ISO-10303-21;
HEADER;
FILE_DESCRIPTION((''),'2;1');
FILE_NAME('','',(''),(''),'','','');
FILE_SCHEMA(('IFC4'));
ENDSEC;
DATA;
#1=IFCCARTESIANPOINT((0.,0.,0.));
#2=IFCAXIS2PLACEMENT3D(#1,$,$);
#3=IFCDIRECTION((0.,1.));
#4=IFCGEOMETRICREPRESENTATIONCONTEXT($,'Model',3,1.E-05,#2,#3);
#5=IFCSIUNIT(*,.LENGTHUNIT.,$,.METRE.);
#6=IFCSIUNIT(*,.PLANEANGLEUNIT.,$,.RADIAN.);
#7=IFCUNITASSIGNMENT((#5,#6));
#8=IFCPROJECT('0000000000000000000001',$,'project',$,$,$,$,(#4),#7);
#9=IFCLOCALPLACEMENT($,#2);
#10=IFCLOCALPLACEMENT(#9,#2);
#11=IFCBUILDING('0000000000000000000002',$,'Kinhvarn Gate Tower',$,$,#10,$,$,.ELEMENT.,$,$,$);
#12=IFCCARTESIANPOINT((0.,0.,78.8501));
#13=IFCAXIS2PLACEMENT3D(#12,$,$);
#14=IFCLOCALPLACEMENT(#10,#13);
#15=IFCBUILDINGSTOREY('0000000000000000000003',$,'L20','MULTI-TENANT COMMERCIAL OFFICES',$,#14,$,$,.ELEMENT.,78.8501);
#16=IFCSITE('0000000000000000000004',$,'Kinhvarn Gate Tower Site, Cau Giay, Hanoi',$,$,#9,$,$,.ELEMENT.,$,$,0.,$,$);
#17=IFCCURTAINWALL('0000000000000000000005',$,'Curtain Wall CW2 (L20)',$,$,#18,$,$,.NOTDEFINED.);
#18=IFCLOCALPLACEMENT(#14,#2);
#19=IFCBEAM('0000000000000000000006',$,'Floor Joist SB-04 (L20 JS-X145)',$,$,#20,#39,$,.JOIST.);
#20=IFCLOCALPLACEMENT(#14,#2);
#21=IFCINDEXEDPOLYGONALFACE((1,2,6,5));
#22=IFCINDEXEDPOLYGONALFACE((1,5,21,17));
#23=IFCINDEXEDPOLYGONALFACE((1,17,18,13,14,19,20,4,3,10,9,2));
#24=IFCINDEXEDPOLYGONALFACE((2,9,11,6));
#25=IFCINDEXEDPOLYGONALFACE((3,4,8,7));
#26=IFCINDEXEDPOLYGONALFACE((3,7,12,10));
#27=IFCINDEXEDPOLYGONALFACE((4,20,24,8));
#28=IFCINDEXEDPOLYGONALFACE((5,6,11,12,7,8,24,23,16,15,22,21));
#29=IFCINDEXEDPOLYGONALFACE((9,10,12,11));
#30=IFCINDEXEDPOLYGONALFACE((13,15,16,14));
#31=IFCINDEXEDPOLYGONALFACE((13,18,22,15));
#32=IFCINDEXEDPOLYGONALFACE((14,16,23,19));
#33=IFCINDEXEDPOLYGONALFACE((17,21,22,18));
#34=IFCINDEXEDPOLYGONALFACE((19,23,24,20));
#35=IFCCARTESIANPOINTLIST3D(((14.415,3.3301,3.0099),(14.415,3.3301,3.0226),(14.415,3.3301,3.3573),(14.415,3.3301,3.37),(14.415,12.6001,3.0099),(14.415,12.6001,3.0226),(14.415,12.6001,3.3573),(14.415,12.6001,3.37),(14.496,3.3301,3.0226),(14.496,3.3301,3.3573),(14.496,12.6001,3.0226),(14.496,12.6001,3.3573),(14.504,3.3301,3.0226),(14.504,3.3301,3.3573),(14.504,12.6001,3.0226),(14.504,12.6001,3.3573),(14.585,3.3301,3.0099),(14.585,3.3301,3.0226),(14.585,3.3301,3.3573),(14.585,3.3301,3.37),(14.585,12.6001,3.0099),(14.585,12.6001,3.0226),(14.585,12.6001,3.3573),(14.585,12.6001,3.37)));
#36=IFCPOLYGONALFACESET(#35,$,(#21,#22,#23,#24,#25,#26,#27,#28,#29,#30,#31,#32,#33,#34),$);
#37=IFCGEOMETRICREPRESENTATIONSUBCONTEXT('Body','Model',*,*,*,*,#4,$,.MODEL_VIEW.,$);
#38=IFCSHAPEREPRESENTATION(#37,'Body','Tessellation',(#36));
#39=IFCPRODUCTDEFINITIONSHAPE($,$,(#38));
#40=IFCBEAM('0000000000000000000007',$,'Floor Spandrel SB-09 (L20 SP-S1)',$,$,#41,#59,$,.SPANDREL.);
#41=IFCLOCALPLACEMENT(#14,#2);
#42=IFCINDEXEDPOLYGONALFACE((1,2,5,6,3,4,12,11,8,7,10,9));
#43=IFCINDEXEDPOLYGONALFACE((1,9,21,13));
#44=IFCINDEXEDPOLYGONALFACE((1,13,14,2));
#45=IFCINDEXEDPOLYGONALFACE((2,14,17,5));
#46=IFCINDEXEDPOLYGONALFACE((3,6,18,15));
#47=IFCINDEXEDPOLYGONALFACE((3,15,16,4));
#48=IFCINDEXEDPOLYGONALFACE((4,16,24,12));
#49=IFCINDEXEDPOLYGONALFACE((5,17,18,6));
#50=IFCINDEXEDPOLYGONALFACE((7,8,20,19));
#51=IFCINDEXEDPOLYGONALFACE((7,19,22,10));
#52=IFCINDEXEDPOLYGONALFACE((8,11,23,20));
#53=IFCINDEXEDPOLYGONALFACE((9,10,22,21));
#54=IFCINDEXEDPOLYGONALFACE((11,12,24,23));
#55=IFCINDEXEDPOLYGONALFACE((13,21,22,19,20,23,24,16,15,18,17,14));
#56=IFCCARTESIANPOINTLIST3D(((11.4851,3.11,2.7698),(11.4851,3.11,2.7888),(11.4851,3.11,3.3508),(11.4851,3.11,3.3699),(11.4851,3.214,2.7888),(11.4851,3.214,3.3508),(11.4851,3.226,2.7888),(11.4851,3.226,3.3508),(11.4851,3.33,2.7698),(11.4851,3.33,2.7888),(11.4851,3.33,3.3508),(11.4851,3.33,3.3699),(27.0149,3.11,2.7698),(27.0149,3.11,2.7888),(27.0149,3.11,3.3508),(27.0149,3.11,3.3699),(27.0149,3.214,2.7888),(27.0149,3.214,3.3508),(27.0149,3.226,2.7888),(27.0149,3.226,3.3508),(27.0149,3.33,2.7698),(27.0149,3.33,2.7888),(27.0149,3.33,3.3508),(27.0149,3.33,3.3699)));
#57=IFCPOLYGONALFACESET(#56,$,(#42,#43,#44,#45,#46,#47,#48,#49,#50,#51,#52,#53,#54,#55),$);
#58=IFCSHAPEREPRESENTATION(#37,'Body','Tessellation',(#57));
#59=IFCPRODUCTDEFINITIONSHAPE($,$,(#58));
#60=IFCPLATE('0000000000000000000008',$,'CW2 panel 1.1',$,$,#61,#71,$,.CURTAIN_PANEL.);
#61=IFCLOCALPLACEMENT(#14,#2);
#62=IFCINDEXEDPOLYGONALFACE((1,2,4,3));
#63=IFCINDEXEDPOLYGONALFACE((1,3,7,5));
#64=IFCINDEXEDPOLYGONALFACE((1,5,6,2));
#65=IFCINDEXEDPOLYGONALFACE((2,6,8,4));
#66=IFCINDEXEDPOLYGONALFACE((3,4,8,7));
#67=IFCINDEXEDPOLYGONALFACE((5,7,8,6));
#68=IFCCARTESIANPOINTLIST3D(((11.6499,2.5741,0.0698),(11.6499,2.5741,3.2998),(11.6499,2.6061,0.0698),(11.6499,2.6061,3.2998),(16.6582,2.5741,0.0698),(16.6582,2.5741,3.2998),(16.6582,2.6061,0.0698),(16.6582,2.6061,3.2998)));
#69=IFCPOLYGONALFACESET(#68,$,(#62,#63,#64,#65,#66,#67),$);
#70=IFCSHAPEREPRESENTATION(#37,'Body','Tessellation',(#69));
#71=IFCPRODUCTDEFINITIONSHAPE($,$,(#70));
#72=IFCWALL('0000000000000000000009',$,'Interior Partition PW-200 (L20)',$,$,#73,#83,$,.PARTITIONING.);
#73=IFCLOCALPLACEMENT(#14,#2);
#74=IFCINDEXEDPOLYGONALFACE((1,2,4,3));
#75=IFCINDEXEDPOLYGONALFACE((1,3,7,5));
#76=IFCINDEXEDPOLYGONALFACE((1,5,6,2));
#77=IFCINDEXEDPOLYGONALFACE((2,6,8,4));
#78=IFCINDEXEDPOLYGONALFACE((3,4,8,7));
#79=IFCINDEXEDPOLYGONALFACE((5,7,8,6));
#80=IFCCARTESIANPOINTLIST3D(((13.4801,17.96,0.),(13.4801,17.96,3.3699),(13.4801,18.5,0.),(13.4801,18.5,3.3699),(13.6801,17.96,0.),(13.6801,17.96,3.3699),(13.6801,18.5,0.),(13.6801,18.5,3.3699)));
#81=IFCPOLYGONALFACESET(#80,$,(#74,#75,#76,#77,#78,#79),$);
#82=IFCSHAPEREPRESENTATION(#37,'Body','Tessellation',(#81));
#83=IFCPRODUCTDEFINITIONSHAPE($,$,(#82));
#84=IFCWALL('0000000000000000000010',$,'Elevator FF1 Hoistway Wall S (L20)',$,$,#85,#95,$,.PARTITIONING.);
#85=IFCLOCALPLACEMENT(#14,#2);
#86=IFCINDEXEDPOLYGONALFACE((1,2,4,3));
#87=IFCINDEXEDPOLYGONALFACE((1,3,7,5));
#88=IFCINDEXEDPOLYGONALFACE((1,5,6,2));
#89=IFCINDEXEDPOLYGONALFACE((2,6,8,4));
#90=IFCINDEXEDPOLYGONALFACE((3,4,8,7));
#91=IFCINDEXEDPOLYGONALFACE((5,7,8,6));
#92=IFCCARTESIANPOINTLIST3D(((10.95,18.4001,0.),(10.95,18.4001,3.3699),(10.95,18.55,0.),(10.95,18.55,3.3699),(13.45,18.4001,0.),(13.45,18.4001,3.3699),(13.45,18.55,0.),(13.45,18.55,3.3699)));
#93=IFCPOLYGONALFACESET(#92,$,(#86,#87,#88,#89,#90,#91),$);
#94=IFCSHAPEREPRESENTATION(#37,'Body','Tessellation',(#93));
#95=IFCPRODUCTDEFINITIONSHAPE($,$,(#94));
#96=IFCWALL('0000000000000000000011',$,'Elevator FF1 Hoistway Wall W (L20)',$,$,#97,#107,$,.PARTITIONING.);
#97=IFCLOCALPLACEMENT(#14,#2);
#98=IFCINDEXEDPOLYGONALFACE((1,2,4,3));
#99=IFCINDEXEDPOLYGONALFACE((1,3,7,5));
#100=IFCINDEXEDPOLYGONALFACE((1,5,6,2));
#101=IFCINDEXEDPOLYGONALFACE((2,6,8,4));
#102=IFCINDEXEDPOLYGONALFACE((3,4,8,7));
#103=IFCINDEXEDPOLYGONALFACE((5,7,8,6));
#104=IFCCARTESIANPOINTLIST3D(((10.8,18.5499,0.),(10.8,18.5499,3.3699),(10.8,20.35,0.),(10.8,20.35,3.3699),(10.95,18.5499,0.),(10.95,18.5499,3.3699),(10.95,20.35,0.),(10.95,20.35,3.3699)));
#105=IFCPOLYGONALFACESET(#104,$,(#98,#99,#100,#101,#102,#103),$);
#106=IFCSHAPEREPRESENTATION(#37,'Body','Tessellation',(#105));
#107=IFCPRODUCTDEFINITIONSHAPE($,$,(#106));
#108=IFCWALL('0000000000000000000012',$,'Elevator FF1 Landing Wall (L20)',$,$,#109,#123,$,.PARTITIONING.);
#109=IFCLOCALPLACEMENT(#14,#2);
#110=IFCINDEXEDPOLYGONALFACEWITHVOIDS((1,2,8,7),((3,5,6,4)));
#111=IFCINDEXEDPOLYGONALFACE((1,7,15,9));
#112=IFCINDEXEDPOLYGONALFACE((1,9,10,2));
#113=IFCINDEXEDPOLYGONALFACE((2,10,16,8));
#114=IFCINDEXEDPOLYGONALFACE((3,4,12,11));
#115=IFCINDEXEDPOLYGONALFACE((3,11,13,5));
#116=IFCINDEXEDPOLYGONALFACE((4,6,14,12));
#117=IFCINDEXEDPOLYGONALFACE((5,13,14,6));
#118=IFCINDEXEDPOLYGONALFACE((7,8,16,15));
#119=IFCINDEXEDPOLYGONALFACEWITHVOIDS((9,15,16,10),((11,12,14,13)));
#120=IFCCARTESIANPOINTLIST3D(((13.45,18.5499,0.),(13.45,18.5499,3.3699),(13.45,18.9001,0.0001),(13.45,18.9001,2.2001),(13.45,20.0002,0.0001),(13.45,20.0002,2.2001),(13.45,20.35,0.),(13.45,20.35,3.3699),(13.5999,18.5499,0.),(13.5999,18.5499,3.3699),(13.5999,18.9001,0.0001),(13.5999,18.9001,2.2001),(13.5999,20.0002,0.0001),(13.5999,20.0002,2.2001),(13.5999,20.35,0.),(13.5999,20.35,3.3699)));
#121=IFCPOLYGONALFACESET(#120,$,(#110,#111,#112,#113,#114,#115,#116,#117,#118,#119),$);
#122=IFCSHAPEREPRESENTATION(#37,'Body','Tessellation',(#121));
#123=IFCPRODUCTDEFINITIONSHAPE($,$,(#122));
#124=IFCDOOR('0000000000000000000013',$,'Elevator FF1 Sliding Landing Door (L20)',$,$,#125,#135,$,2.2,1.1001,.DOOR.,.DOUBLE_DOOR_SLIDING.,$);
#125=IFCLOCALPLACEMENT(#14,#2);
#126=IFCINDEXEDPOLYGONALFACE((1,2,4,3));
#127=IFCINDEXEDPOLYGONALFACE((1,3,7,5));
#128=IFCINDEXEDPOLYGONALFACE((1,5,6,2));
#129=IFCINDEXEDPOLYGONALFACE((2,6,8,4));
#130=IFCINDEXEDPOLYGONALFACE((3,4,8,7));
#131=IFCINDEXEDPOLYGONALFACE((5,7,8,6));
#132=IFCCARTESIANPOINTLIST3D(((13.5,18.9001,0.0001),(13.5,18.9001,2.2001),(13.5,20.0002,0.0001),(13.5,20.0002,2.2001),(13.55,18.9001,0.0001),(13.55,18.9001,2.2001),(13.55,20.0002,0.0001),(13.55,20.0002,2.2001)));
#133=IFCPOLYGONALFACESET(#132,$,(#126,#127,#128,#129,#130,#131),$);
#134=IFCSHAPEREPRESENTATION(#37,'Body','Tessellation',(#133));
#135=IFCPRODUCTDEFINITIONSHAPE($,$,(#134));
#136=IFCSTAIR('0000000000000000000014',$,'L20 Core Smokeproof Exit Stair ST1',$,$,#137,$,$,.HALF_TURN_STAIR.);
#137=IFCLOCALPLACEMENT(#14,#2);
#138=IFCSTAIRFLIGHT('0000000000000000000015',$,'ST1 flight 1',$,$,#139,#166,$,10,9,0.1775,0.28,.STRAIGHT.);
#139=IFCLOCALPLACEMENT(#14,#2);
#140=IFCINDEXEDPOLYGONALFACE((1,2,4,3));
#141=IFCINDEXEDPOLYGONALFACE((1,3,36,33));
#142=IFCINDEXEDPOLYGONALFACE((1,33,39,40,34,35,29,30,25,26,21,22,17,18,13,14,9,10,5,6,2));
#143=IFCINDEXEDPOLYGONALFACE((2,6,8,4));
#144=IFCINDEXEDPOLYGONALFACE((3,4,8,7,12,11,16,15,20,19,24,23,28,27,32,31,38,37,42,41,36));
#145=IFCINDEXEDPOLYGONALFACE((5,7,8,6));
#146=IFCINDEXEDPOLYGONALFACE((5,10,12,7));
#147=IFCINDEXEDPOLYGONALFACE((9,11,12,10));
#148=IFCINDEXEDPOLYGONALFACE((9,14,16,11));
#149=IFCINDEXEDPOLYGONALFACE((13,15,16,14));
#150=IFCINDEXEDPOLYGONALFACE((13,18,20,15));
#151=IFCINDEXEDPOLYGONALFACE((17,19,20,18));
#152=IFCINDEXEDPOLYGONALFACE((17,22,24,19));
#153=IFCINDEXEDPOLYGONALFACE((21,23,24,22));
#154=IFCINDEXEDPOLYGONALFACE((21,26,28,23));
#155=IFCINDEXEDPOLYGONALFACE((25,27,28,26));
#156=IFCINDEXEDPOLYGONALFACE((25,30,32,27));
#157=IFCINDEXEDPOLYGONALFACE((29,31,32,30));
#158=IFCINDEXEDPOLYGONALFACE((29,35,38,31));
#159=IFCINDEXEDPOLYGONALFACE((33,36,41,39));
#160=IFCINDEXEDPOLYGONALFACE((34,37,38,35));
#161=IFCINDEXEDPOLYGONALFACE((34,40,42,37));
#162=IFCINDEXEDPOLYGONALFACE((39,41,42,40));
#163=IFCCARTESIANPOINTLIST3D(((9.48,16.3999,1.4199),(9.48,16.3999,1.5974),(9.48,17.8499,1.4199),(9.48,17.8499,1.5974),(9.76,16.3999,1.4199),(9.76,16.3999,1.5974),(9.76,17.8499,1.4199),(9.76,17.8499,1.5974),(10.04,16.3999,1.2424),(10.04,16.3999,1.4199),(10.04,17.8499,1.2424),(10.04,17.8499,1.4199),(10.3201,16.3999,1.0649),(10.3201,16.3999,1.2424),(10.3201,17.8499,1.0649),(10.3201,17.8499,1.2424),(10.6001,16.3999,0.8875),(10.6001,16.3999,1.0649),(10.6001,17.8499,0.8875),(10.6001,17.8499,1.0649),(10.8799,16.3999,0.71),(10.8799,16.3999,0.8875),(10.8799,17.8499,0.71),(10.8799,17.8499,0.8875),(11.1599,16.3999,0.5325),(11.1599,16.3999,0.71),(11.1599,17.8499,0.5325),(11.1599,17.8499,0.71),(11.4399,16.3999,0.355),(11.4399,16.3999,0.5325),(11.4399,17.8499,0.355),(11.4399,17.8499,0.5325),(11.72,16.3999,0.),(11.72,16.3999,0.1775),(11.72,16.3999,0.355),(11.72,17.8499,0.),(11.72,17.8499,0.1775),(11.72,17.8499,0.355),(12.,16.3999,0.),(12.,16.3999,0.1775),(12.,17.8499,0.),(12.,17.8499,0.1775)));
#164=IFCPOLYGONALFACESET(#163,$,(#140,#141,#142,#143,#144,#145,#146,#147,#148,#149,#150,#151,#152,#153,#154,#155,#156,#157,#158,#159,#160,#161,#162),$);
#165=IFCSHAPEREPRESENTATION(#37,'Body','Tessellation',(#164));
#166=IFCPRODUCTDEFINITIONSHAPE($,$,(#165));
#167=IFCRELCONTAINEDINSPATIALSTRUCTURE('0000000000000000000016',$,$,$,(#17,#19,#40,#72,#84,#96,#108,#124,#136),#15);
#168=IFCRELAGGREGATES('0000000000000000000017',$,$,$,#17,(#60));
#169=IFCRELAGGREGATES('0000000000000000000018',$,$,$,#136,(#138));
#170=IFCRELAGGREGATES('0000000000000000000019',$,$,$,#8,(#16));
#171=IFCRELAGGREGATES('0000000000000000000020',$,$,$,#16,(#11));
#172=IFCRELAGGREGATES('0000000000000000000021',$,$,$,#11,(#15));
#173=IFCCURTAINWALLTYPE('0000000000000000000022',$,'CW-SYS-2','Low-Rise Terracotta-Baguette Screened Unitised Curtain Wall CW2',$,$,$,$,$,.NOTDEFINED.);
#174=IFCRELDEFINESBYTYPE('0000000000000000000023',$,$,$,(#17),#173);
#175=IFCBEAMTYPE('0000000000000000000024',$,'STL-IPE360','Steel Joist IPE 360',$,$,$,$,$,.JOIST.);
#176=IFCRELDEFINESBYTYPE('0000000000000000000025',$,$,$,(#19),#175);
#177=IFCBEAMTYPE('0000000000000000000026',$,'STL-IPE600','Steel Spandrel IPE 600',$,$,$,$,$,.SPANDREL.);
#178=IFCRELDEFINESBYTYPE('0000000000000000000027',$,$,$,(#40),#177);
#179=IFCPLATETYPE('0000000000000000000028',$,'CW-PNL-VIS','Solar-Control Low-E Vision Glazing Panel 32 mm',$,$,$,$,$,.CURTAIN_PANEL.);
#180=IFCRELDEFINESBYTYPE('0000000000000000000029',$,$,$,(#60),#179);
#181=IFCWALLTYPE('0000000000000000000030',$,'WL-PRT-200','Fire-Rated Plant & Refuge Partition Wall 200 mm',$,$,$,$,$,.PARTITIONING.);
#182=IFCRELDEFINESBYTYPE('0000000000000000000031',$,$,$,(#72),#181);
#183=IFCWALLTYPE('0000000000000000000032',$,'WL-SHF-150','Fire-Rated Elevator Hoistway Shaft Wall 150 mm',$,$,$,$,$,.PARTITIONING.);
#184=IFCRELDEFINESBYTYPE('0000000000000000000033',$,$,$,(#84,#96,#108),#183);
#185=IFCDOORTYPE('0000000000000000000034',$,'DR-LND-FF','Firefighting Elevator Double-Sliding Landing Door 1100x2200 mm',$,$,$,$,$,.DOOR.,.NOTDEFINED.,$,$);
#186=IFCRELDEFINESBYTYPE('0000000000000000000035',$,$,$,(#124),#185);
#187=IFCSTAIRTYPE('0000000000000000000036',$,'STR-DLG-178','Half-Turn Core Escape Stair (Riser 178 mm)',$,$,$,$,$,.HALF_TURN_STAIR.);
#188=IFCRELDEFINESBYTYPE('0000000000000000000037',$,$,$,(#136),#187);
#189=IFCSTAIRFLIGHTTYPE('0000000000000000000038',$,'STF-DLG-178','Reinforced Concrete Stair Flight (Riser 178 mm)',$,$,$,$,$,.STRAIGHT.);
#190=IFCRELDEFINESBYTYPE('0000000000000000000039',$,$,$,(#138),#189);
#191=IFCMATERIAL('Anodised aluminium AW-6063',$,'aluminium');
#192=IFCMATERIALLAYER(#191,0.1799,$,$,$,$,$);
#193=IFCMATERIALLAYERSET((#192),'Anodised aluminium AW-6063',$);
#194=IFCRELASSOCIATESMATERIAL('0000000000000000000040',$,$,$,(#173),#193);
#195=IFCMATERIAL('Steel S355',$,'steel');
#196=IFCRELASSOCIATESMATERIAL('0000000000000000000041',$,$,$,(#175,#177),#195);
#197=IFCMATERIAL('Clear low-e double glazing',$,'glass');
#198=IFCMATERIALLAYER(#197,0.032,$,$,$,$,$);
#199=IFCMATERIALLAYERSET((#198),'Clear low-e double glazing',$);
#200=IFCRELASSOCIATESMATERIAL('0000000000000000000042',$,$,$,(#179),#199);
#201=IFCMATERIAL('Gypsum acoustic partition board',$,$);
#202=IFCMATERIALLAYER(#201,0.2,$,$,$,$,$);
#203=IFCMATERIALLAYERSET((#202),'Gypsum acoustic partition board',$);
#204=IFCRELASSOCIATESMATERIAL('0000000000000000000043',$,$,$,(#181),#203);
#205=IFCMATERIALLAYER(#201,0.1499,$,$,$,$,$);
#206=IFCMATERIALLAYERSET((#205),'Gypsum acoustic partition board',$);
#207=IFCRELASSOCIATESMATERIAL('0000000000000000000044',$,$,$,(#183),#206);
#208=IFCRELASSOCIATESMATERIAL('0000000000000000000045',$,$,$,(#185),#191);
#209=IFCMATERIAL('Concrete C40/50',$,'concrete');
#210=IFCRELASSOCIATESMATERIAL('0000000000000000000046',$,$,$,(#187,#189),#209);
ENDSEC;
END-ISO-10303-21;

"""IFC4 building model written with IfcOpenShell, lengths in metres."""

from ifc_helpers import new_model, si_unit, direction, frame, frame_2d, origin, origin_2d, place, context, subcontext, project, spatial, polyline, rectangle, i_section, outline, extrude, material, layer, layer_set, material_profile, profile_set, type_object, element, fill, aggregate, save


model = new_model("IFC4")

# Units and contexts
model_context = context("Model", 3, precision=1e-05, world=origin(), true_north=direction((0.0, 1.0)))
body_context = subcontext(model_context, "Body", "Model", "MODEL_VIEW")
ifc_project = project(units=[si_unit("LENGTHUNIT", "METRE"), si_unit("PLANEANGLEUNIT", "RADIAN")], contexts=[model_context])

# Site, building, storey
site_placement = place(None, origin())
site = spatial("IfcSite", under=ifc_project, at=site_placement, Name="Kinhvarn Gate Tower Site, Cau Giay, Hanoi", CompositionType="ELEMENT", RefElevation=0.0)
building_placement = place(site_placement, origin())
building = spatial("IfcBuilding", under=site, at=building_placement, Name="Kinhvarn Gate Tower", CompositionType="ELEMENT")
storey_placement = place(building_placement, frame((0.0, 0.0, 78.8501)))
storey = spatial("IfcBuildingStorey", under=building, at=storey_placement, Name="L20", Description="MULTI-TENANT COMMERCIAL OFFICES", CompositionType="ELEMENT", Elevation=78.8501)

# Shared definitions
ifc_material_1 = material(Name="Anodised aluminium AW-6063", Category="aluminium")
ifc_layer_1 = layer(ifc_material_1, 0.1799)
ifc_layer_set_1 = layer_set([ifc_layer_1], Name="Anodised aluminium AW-6063")
curtain_wall_type = type_object("IfcCurtainWallType", Name="CW-SYS-2", Description="Low-Rise Terracotta-Baguette Screened Unitised Curtain Wall CW2", PredefinedType="NOTDEFINED", material=ifc_layer_set_1)

# Curtain wall
curtain_wall_1_placement = place(storey_placement, origin())
curtain_wall_1 = element("IfcCurtainWall", 1, at=curtain_wall_1_placement, inside=storey, type_object=curtain_wall_type, Name="Curtain Wall CW2 (L20)", PredefinedType="NOTDEFINED")

# Beams
ifc_material_2 = material(Name="Steel S355", Category="steel")
ifc_material_profile_1 = material_profile(ifc_material_2, i_section(OverallWidth=0.1699, OverallDepth=0.3601, WebThickness=0.0081, FlangeThickness=0.0127, at=origin_2d()), Name="IPE 360")
ifc_profile_set_1 = profile_set([ifc_material_profile_1], Name="Steel S355")
beam_type_1 = type_object("IfcBeamType", Name="STL-IPE360", Description="Steel Joist IPE 360", PredefinedType="JOIST", material=ifc_profile_set_1)
beam_1_placement = place(storey_placement, frame((14.5, 3.3301, 3.1899), z_axis=(0.0, 1.0, 0.0), x_axis=(-1.0, 0.0, 0.0)))
element("IfcBeam", 2, at=beam_1_placement, inside=storey, type_object=beam_type_1, Name="Floor Joist SB-04 (L20 JS-X145)", PredefinedType="JOIST", context=body_context, shape_type="SweptSolid", body=[
    extrude(i_section(OverallWidth=0.1699, OverallDepth=0.3601, WebThickness=0.0081, FlangeThickness=0.0127, at=origin_2d()), origin(), (0.0, 0.0, 1.0), 9.27),
])
ifc_material_profile_2 = material_profile(ifc_material_2, i_section(OverallWidth=0.22, OverallDepth=0.6001, WebThickness=0.012, FlangeThickness=0.019, at=origin_2d()), Name="IPE 600")
ifc_profile_set_2 = profile_set([ifc_material_profile_2], Name="Steel S355")
beam_type_2 = type_object("IfcBeamType", Name="STL-IPE600", Description="Steel Spandrel IPE 600", PredefinedType="SPANDREL", material=ifc_profile_set_2)
beam_2_placement = place(storey_placement, frame((11.4851, 3.22, 3.0698), z_axis=(1.0, 0.0, 0.0), x_axis=(0.0, 1.0, 0.0)))
element("IfcBeam", 3, at=beam_2_placement, inside=storey, type_object=beam_type_2, Name="Floor Spandrel SB-09 (L20 SP-S1)", PredefinedType="SPANDREL", context=body_context, shape_type="SweptSolid", body=[
    extrude(i_section(OverallWidth=0.22, OverallDepth=0.6001, WebThickness=0.012, FlangeThickness=0.019, at=origin_2d()), origin(), (0.0, 0.0, 1.0), 15.5298),
])

# Plate
ifc_material_3 = material(Name="Clear low-e double glazing", Category="glass")
ifc_layer_2 = layer(ifc_material_3, 0.032)
ifc_layer_set_2 = layer_set([ifc_layer_2], Name="Clear low-e double glazing")
plate_type = type_object("IfcPlateType", Name="CW-PNL-VIS", Description="Solar-Control Low-E Vision Glazing Panel 32 mm", PredefinedType="CURTAIN_PANEL", material=ifc_layer_set_2)
plate_placement = place(storey_placement, frame((14.1541, 2.5901, 0.0698), z_axis=(0.0, 0.0, 1.0), x_axis=(1.0, 0.0, 0.0)))
plate = element("IfcPlate", 4, at=plate_placement, type_object=plate_type, Name="CW2 panel 1.1", PredefinedType="CURTAIN_PANEL", context=body_context, shape_type="SweptSolid", body=[
    extrude(rectangle(XDim=5.0083, YDim=0.032, at=origin_2d()), origin(), (0.0, 0.0, 1.0), 3.23),
])
aggregate(curtain_wall_1, [plate])

# Walls
ifc_material_4 = material(Name="Gypsum acoustic partition board")
ifc_layer_3 = layer(ifc_material_4, 0.2)
ifc_layer_set_3 = layer_set([ifc_layer_3], Name="Gypsum acoustic partition board")
wall_type_1 = type_object("IfcWallType", Name="WL-PRT-200", Description="Fire-Rated Plant & Refuge Partition Wall 200 mm", PredefinedType="PARTITIONING", material=ifc_layer_set_3)
wall_1_placement = place(storey_placement, frame((13.5801, 17.96, 0.0), z_axis=(0.0, 0.0, 1.0), x_axis=(0.0, 1.0, 0.0)))
element("IfcWall", 5, at=wall_1_placement, inside=storey, type_object=wall_type_1, Name="Interior Partition PW-200 (L20)", PredefinedType="PARTITIONING", context=body_context, shape_type="SweptSolid", body=[
    extrude(rectangle(XDim=0.54, YDim=0.2, at=frame_2d((0.27, 0.0))), origin(), (0.0, 0.0, 1.0), 3.3699),
])
ifc_layer_4 = layer(ifc_material_4, 0.1499)
ifc_layer_set_4 = layer_set([ifc_layer_4], Name="Gypsum acoustic partition board")
wall_type_2 = type_object("IfcWallType", Name="WL-SHF-150", Description="Fire-Rated Elevator Hoistway Shaft Wall 150 mm", PredefinedType="PARTITIONING", material=ifc_layer_set_4)
wall_2_placement = place(storey_placement, frame((10.95, 18.4751, 0.0), z_axis=(0.0, 0.0, 1.0), x_axis=(1.0, 0.0, 0.0)))
element("IfcWall", 6, at=wall_2_placement, inside=storey, type_object=wall_type_2, Name="Elevator FF1 Hoistway Wall S (L20)", PredefinedType="PARTITIONING", context=body_context, shape_type="SweptSolid", body=[
    extrude(rectangle(XDim=2.5, YDim=0.1499, at=frame_2d((1.25, 0.0))), origin(), (0.0, 0.0, 1.0), 3.3699),
])
wall_3_placement = place(storey_placement, frame((10.875, 18.55, 0.0), z_axis=(0.0, 0.0, 1.0), x_axis=(0.0, 1.0, 0.0)))
element("IfcWall", 7, at=wall_3_placement, inside=storey, type_object=wall_type_2, Name="Elevator FF1 Hoistway Wall W (L20)", PredefinedType="PARTITIONING", context=body_context, shape_type="SweptSolid", body=[
    extrude(rectangle(XDim=1.8, YDim=0.1499, at=frame_2d((0.8999, 0.0))), origin(), (0.0, 0.0, 1.0), 3.3699),
])

# Wall, opening, door
wall_4_placement = place(storey_placement, frame((13.5249, 18.55, 0.0), z_axis=(0.0, 0.0, 1.0), x_axis=(0.0, 1.0, 0.0)))
wall_4 = element("IfcWall", 8, at=wall_4_placement, inside=storey, type_object=wall_type_2, Name="Elevator FF1 Landing Wall (L20)", PredefinedType="PARTITIONING", context=body_context, shape_type="SweptSolid", body=[
    extrude(rectangle(XDim=1.8, YDim=0.1499, at=frame_2d((0.8999, 0.0))), origin(), (0.0, 0.0, 1.0), 3.3699),
])
opening_1_placement = place(wall_4_placement, frame((0.3501, 0.0, 0.0)))
opening_1 = element("IfcOpeningElement", 9, at=opening_1_placement, cuts=wall_4, PredefinedType="OPENING", context=body_context, shape_type="SweptSolid", body=[
    extrude(rectangle(XDim=1.1001, YDim=2.2, at=frame_2d((0.55, 1.1001))), frame((0.0, 0.085, 0.0), z_axis=(0.0, -1.0, 0.0), x_axis=(1.0, 0.0, 0.0)), (0.0, 0.0, 1.0), 0.1699),
])
door_type_1 = type_object("IfcDoorType", Name="DR-LND-FF", Description="Firefighting Elevator Double-Sliding Landing Door 1100x2200 mm", OperationType="NOTDEFINED", PredefinedType="DOOR", material=ifc_material_1)
door_1_placement = place(opening_1_placement, origin())
door_1 = element("IfcDoor", 10, at=door_1_placement, inside=storey, type_object=door_type_1, Name="Elevator FF1 Sliding Landing Door (L20)", OperationType="DOUBLE_DOOR_SLIDING", OverallHeight=2.2, OverallWidth=1.1001, PredefinedType="DOOR", context=body_context, shape_type="SweptSolid", body=[
    extrude(rectangle(XDim=1.1001, YDim=2.2, at=frame_2d((0.55, 1.1001))), frame((0.0, 0.0249, 0.0), z_axis=(0.0, -1.0, 0.0), x_axis=(1.0, 0.0, 0.0)), (0.0, 0.0, 1.0), 0.05),
])
fill(opening_1, door_1)
ifc_material_5 = material(Name="Concrete C40/50", Category="concrete")

# Stair, stair flight
stair_type = type_object("IfcStairType", Name="STR-DLG-178", Description="Half-Turn Core Escape Stair (Riser 178 mm)", PredefinedType="HALF_TURN_STAIR", material=ifc_material_5)
stair_placement = place(storey_placement, origin())
stair = element("IfcStair", 11, at=stair_placement, inside=storey, type_object=stair_type, Name="L20 Core Smokeproof Exit Stair ST1", PredefinedType="HALF_TURN_STAIR")
stair_flight_type = type_object("IfcStairFlightType", Name="STF-DLG-178", Description="Reinforced Concrete Stair Flight (Riser 178 mm)", PredefinedType="STRAIGHT", material=ifc_material_5)
stair_flight_placement = place(storey_placement, frame((12.0, 17.125, 0.0), z_axis=(0.0, 0.0, 1.0), x_axis=(-1.0, 0.0, 0.0)))
stair_flight = element("IfcStairFlight", 12, at=stair_flight_placement, type_object=stair_flight_type, Name="ST1 flight 1", NumberOfRisers=10, NumberOfTreads=9, PredefinedType="STRAIGHT", RiserHeight=0.1775, TreadLength=0.28, context=body_context, shape_type="SweptSolid", body=[
    extrude(outline(polyline([(0.0, 0.0), (0.0, 0.1775), (0.28, 0.1775), (0.28, 0.355), (0.5601, 0.355), (0.5601, 0.5325), (0.8401, 0.5325), (0.8401, 0.71), (1.1201, 0.71), (1.1201, 0.8875), (1.3999, 0.8875), (1.3999, 1.0649), (1.6799, 1.0649), (1.6799, 1.2424), (1.96, 1.2424), (1.96, 1.4199), (2.24, 1.4199), (2.24, 1.5974), (2.52, 1.5974), (2.52, 1.7749), (2.52, 1.4199), (0.28, 0.0), (0.0, 0.0)])), frame((0.0, 0.7251, 0.0), z_axis=(0.0, -1.0, 0.0), x_axis=(1.0, 0.0, 0.0)), (0.0, 0.0, 1.0), 1.45),
])
aggregate(stair, [stair_flight])

save(model, "model.ifc")
